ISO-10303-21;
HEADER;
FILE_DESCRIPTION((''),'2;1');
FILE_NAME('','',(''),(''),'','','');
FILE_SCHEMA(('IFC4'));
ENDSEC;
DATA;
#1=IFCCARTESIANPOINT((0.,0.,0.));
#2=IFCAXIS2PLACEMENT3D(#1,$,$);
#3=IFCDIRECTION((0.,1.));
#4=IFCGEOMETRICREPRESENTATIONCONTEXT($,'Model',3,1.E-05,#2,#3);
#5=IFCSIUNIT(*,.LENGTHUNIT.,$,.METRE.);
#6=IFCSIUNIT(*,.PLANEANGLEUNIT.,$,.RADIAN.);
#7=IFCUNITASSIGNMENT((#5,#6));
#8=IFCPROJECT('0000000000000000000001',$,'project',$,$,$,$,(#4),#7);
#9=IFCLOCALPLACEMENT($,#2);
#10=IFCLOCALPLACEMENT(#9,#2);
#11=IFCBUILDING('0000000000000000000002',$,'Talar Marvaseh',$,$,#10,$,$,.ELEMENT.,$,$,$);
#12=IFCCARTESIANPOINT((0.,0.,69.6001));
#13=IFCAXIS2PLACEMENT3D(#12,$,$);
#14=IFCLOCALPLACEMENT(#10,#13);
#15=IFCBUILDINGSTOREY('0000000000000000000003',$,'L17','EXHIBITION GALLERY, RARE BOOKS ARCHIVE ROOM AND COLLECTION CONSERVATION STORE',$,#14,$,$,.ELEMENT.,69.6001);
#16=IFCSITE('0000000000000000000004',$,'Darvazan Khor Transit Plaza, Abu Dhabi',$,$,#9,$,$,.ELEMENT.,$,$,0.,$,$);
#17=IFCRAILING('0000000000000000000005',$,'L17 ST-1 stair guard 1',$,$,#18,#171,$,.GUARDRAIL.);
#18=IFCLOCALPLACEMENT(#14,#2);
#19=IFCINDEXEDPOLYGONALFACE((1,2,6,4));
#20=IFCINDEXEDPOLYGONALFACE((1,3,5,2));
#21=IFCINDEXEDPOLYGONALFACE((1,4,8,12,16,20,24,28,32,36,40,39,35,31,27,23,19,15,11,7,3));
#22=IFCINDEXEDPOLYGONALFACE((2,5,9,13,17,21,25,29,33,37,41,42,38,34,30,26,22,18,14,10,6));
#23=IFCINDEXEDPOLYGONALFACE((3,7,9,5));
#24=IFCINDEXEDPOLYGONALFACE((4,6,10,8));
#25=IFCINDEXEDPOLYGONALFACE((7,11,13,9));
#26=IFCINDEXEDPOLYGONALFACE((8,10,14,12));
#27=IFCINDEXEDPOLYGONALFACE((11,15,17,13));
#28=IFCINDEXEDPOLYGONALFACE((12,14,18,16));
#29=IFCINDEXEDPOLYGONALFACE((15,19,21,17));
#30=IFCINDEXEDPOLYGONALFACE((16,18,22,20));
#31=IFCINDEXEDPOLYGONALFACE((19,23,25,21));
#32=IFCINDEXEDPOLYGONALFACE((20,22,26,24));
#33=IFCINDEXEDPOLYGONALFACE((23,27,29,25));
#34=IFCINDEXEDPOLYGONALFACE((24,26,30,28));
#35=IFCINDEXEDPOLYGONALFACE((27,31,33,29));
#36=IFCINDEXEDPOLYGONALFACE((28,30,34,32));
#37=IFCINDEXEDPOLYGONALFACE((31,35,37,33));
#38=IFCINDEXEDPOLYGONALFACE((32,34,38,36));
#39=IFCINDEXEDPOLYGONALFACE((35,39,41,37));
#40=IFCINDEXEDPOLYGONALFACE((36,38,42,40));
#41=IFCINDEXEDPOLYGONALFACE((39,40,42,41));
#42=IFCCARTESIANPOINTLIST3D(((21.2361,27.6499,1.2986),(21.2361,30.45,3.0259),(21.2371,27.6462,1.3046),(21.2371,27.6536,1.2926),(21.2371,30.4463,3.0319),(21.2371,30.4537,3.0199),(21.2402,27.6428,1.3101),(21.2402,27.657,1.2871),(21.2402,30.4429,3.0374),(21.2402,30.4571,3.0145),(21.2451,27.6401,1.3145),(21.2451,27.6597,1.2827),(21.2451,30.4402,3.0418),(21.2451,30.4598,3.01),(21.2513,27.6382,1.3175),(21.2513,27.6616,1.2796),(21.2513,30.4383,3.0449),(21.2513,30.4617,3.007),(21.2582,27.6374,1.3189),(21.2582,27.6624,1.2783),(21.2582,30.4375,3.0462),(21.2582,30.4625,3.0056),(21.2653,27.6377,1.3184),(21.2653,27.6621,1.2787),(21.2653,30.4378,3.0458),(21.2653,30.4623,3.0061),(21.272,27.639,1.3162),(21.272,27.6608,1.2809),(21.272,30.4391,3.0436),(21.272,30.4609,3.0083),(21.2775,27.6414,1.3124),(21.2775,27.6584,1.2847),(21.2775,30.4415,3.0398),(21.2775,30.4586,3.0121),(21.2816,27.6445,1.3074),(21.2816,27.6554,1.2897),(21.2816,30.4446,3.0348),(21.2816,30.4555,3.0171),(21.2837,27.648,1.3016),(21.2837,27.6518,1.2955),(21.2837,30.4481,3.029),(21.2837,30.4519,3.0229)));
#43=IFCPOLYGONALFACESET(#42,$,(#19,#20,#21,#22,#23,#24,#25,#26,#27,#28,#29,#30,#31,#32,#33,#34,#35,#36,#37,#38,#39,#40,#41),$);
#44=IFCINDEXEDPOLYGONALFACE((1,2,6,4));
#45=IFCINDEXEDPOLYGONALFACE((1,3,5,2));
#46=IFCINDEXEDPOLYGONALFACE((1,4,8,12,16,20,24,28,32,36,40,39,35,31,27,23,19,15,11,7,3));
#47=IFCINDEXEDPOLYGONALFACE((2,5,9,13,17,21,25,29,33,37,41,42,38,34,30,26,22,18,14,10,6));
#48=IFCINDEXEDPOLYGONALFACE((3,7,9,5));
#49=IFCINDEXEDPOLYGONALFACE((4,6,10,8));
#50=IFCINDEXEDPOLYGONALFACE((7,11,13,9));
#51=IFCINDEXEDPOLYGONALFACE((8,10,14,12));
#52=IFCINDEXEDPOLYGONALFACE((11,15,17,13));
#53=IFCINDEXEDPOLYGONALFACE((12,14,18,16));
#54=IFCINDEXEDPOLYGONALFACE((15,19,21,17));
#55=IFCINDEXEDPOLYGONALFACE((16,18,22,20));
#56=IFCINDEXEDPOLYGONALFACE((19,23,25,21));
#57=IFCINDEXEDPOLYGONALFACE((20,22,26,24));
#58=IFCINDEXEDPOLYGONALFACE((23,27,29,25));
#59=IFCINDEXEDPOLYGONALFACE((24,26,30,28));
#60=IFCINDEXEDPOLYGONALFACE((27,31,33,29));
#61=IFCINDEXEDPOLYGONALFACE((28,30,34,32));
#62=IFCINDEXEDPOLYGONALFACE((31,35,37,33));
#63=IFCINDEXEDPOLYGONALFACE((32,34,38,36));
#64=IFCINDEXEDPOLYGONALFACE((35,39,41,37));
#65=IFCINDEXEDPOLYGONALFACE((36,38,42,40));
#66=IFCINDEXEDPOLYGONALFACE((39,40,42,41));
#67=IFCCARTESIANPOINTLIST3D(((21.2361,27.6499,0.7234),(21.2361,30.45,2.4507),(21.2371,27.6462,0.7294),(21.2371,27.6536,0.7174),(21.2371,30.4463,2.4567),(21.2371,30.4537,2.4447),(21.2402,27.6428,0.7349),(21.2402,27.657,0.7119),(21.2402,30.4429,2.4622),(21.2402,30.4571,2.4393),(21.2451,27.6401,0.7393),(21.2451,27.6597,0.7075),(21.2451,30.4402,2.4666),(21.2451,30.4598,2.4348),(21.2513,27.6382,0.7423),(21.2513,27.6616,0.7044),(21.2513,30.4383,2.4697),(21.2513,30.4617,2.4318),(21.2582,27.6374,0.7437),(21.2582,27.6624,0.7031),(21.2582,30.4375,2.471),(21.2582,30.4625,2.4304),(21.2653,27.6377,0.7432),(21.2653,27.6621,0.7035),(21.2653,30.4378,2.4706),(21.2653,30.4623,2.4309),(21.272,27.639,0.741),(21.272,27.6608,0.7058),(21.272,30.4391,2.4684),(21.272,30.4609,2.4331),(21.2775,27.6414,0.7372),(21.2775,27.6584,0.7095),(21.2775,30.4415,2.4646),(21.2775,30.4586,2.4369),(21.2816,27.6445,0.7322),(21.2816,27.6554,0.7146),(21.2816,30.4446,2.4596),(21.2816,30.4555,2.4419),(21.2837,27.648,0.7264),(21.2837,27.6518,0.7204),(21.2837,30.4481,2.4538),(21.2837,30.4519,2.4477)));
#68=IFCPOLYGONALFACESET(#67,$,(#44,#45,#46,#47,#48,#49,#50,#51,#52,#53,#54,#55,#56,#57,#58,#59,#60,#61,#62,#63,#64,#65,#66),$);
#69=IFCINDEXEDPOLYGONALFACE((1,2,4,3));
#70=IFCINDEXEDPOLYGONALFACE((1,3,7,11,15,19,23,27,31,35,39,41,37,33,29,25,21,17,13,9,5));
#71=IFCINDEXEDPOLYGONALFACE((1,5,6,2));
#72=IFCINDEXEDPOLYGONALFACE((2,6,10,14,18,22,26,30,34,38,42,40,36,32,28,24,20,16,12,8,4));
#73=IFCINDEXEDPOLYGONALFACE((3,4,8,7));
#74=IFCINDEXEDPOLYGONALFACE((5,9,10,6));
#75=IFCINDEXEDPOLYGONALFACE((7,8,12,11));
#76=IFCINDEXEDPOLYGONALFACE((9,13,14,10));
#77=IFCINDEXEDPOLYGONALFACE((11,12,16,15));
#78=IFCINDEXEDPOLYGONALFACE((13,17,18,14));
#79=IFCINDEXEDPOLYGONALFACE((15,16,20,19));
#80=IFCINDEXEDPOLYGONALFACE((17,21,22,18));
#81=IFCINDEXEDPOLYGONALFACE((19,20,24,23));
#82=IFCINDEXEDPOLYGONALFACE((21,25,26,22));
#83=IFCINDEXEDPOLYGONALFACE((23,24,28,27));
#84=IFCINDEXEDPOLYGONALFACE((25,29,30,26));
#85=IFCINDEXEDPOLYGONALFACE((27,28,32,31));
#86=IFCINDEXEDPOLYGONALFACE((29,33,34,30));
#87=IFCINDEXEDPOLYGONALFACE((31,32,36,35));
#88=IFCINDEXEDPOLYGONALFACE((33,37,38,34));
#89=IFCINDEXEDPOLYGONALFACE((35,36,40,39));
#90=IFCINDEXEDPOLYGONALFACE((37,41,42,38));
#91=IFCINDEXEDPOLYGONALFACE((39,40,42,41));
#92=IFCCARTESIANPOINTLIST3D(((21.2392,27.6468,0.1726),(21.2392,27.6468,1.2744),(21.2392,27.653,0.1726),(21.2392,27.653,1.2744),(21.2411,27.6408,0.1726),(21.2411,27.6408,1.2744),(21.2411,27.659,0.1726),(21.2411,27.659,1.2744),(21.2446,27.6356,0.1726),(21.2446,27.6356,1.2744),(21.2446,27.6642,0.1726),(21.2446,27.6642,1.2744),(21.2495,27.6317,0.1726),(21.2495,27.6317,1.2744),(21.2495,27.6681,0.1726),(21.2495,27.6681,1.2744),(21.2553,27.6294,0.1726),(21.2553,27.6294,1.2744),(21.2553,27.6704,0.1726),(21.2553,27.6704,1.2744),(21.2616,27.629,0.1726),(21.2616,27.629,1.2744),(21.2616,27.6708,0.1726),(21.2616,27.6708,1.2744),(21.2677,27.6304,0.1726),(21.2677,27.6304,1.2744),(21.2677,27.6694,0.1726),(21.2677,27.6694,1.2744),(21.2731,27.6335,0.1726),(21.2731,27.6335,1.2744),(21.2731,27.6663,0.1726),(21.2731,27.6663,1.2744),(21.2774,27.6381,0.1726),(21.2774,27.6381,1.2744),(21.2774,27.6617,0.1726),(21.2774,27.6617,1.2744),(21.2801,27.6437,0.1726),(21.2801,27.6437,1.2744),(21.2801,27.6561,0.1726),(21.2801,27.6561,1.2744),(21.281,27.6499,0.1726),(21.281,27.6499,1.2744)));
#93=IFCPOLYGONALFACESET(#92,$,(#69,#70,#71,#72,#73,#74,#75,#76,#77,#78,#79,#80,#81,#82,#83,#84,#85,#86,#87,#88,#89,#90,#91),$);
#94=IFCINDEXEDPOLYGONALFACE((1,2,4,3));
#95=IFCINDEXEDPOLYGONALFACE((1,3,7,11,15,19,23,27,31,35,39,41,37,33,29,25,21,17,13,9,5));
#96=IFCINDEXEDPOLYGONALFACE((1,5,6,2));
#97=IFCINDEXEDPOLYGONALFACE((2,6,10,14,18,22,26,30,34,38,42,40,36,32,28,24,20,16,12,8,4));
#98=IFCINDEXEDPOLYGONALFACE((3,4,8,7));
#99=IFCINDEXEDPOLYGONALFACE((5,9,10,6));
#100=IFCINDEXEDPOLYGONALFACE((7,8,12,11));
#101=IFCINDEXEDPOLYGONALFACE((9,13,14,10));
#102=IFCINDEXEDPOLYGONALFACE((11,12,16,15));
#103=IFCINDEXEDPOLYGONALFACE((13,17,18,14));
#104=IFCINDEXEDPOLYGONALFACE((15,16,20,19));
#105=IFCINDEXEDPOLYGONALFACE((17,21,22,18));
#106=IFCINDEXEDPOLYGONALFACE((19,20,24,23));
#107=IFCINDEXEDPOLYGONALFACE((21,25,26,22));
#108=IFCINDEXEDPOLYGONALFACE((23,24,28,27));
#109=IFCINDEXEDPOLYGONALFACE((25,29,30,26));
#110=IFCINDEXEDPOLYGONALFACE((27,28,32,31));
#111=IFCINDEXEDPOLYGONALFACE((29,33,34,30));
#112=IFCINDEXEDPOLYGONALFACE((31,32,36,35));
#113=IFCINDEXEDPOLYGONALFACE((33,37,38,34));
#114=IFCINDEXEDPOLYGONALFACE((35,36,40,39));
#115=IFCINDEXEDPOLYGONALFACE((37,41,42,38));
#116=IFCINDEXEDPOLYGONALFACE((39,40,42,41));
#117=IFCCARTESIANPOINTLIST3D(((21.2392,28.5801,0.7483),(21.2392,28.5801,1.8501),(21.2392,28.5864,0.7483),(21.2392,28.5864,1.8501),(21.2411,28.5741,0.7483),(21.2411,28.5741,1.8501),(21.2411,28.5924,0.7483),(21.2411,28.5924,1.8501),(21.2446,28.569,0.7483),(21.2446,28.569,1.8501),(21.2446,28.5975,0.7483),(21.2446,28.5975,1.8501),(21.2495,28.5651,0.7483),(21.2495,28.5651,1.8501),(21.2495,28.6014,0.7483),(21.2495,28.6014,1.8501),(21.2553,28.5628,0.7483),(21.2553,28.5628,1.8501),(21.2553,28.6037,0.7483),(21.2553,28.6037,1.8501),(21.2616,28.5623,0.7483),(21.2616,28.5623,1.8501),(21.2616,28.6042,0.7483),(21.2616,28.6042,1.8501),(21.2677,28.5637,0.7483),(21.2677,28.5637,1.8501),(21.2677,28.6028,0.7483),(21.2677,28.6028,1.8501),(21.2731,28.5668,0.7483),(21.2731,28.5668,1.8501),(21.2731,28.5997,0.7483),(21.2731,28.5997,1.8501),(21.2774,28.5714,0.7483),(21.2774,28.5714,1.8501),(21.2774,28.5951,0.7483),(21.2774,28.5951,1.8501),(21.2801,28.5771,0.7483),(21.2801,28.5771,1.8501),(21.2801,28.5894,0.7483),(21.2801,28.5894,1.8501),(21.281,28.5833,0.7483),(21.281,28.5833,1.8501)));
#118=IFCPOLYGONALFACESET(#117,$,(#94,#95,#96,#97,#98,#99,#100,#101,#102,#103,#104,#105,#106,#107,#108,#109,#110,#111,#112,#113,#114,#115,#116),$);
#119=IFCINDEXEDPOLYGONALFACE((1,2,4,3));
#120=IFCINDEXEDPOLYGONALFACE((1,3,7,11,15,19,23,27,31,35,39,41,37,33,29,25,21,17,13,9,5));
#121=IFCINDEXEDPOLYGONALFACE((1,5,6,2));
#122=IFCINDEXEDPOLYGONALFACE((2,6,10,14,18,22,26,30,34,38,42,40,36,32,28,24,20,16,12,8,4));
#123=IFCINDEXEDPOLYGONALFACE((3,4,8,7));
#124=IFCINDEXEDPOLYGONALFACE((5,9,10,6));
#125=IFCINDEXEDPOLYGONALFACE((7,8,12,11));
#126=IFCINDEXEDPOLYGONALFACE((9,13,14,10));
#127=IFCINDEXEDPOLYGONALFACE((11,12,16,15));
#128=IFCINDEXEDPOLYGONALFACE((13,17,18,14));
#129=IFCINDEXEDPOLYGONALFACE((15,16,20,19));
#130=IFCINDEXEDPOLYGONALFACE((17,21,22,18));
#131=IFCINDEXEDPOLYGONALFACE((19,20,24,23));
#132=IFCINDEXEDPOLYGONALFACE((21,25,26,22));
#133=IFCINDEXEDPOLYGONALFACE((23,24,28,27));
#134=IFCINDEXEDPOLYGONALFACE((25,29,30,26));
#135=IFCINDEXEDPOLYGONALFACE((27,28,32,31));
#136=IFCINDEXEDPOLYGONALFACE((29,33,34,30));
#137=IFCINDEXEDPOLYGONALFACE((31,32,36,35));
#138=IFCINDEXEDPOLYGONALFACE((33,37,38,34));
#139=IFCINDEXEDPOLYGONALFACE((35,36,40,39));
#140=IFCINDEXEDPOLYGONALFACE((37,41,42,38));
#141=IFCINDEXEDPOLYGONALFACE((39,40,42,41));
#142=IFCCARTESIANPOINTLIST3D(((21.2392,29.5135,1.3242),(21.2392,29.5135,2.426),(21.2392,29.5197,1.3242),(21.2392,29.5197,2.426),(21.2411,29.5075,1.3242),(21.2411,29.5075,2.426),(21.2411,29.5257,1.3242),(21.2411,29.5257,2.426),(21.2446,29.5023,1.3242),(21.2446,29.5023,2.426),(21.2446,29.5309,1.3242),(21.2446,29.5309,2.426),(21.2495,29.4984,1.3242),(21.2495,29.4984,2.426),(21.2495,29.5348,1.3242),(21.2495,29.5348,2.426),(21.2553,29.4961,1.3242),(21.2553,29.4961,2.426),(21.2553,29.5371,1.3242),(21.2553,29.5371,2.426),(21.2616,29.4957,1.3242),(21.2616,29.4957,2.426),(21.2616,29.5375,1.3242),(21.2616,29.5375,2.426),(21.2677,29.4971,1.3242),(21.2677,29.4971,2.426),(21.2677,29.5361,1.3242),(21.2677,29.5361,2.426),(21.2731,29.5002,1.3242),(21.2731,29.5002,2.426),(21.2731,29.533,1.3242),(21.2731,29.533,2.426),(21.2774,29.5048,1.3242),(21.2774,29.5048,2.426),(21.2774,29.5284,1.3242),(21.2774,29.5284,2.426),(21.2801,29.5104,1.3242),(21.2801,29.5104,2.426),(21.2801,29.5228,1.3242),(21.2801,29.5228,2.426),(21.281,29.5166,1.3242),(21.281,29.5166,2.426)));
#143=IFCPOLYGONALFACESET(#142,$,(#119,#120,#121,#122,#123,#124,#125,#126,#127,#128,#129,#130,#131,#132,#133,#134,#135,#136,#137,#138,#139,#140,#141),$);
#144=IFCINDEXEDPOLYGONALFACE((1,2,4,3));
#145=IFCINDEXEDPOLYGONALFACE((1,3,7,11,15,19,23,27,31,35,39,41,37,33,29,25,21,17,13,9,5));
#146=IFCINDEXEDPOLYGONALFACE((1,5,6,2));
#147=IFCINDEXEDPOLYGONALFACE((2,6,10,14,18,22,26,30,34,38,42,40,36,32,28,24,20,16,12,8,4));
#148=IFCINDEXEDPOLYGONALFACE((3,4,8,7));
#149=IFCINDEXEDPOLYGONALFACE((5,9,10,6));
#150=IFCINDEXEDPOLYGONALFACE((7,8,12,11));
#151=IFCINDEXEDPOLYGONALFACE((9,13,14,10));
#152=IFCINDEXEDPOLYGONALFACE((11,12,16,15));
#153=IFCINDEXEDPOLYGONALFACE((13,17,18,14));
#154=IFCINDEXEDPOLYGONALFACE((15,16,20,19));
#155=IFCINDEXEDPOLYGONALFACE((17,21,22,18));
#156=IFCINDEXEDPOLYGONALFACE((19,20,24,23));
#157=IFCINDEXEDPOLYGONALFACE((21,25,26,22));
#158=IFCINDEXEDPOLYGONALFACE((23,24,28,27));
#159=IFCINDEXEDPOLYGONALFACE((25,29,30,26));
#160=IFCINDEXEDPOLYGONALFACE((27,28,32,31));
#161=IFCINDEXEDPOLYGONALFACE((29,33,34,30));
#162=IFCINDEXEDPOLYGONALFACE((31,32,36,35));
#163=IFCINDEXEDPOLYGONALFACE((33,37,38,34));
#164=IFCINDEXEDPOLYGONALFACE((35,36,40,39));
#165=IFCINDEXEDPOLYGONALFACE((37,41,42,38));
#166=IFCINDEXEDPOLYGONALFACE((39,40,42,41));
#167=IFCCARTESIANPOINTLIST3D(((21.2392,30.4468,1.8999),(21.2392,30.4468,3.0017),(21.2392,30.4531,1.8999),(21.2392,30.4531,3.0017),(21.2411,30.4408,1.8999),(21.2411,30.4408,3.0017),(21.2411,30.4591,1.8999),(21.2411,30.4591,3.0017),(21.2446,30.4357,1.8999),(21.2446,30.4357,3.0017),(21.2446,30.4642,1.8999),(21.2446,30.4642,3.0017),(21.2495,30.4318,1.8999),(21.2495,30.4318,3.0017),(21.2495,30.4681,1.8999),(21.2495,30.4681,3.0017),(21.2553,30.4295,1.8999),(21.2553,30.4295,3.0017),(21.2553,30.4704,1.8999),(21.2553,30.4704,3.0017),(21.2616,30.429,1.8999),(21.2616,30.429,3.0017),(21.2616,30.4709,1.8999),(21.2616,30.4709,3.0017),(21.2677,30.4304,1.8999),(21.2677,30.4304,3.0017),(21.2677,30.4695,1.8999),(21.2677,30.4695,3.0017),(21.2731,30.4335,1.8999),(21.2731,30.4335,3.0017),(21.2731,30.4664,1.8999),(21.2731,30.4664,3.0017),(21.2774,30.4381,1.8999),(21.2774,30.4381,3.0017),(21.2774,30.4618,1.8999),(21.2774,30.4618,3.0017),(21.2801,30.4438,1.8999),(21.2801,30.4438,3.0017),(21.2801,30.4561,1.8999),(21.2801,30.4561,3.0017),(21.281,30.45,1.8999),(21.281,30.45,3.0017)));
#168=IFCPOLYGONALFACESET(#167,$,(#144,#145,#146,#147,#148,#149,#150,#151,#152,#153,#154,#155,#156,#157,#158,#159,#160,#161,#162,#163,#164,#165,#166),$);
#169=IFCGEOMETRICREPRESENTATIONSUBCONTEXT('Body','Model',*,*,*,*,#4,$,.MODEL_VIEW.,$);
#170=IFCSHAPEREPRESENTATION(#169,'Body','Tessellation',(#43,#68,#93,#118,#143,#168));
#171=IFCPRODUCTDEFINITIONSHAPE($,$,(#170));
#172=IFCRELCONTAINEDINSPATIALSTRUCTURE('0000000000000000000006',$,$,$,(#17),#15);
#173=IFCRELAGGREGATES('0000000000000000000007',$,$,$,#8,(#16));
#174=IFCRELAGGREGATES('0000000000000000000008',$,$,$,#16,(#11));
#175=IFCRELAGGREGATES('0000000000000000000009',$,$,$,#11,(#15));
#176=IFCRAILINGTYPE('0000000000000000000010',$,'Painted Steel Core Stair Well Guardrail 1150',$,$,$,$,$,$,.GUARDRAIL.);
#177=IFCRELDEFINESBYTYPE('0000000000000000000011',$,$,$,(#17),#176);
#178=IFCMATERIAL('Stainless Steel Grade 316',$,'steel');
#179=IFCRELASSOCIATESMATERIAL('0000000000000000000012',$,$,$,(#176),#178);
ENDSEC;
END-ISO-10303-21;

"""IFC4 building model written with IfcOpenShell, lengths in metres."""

from ifc_helpers import new_model, si_unit, direction, frame, origin, origin_2d, place, context, subcontext, project, spatial, circle, extrude, material, type_object, element, save


model = new_model("IFC4")

# Units and contexts
model_context = context("Model", 3, precision=1e-05, world=origin(), true_north=direction((0.0, 1.0)))
body_context = subcontext(model_context, "Body", "Model", "MODEL_VIEW")
ifc_project = project(units=[si_unit("LENGTHUNIT", "METRE"), si_unit("PLANEANGLEUNIT", "RADIAN")], contexts=[model_context])

# Site, building, storey
site_placement = place(None, origin())
site = spatial("IfcSite", under=ifc_project, at=site_placement, Name="Darvazan Khor Transit Plaza, Abu Dhabi", CompositionType="ELEMENT", RefElevation=0.0)
building_placement = place(site_placement, origin())
building = spatial("IfcBuilding", under=site, at=building_placement, Name="Talar Marvaseh", CompositionType="ELEMENT")
storey_placement = place(building_placement, frame((0.0, 0.0, 69.6001)))
storey = spatial("IfcBuildingStorey", under=building, at=storey_placement, Name="L17", Description="EXHIBITION GALLERY, RARE BOOKS ARCHIVE ROOM AND COLLECTION CONSERVATION STORE", CompositionType="ELEMENT", Elevation=69.6001)

# Railing
ifc_material_1 = material(Name="Stainless Steel Grade 316", Category="steel")
railing_type_1 = type_object("IfcRailingType", Name="Painted Steel Core Stair Well Guardrail 1150", PredefinedType="GUARDRAIL", material=ifc_material_1)
railing_1_placement = place(storey_placement, frame((21.26, 27.6499, 0.1726)))
element("IfcRailing", 1, at=railing_1_placement, inside=storey, type_object=railing_type_1, Name="L17 ST-1 stair guard 1", PredefinedType="GUARDRAIL", context=body_context, shape_type="SweptSolid", body=[
    extrude(circle(Radius=0.0239, at=origin_2d()), frame((0.0, 0.0, 1.126), z_axis=(0.0, 0.85109, 0.52502), x_axis=(-1.0, 0.0, 0.0)), (0.0, 0.0, 1.0), 3.29),
    extrude(circle(Radius=0.0239, at=origin_2d()), frame((0.0, 0.0, 0.5508), z_axis=(0.0, 0.85109, 0.52502), x_axis=(-1.0, 0.0, 0.0)), (0.0, 0.0, 1.0), 3.29),
    extrude(circle(Radius=0.021, at=origin_2d()), origin(), (0.0, 0.0, 1.0), 1.1018),
    extrude(circle(Radius=0.021, at=origin_2d()), frame((0.0, 0.9333, 0.5757)), (0.0, 0.0, 1.0), 1.1018),
    extrude(circle(Radius=0.021, at=origin_2d()), frame((0.0, 1.8667, 1.1516)), (0.0, 0.0, 1.0), 1.1018),
    extrude(circle(Radius=0.021, at=origin_2d()), frame((0.0, 2.8, 1.7273)), (0.0, 0.0, 1.0), 1.1018),
])

save(model, "model.ifc")
